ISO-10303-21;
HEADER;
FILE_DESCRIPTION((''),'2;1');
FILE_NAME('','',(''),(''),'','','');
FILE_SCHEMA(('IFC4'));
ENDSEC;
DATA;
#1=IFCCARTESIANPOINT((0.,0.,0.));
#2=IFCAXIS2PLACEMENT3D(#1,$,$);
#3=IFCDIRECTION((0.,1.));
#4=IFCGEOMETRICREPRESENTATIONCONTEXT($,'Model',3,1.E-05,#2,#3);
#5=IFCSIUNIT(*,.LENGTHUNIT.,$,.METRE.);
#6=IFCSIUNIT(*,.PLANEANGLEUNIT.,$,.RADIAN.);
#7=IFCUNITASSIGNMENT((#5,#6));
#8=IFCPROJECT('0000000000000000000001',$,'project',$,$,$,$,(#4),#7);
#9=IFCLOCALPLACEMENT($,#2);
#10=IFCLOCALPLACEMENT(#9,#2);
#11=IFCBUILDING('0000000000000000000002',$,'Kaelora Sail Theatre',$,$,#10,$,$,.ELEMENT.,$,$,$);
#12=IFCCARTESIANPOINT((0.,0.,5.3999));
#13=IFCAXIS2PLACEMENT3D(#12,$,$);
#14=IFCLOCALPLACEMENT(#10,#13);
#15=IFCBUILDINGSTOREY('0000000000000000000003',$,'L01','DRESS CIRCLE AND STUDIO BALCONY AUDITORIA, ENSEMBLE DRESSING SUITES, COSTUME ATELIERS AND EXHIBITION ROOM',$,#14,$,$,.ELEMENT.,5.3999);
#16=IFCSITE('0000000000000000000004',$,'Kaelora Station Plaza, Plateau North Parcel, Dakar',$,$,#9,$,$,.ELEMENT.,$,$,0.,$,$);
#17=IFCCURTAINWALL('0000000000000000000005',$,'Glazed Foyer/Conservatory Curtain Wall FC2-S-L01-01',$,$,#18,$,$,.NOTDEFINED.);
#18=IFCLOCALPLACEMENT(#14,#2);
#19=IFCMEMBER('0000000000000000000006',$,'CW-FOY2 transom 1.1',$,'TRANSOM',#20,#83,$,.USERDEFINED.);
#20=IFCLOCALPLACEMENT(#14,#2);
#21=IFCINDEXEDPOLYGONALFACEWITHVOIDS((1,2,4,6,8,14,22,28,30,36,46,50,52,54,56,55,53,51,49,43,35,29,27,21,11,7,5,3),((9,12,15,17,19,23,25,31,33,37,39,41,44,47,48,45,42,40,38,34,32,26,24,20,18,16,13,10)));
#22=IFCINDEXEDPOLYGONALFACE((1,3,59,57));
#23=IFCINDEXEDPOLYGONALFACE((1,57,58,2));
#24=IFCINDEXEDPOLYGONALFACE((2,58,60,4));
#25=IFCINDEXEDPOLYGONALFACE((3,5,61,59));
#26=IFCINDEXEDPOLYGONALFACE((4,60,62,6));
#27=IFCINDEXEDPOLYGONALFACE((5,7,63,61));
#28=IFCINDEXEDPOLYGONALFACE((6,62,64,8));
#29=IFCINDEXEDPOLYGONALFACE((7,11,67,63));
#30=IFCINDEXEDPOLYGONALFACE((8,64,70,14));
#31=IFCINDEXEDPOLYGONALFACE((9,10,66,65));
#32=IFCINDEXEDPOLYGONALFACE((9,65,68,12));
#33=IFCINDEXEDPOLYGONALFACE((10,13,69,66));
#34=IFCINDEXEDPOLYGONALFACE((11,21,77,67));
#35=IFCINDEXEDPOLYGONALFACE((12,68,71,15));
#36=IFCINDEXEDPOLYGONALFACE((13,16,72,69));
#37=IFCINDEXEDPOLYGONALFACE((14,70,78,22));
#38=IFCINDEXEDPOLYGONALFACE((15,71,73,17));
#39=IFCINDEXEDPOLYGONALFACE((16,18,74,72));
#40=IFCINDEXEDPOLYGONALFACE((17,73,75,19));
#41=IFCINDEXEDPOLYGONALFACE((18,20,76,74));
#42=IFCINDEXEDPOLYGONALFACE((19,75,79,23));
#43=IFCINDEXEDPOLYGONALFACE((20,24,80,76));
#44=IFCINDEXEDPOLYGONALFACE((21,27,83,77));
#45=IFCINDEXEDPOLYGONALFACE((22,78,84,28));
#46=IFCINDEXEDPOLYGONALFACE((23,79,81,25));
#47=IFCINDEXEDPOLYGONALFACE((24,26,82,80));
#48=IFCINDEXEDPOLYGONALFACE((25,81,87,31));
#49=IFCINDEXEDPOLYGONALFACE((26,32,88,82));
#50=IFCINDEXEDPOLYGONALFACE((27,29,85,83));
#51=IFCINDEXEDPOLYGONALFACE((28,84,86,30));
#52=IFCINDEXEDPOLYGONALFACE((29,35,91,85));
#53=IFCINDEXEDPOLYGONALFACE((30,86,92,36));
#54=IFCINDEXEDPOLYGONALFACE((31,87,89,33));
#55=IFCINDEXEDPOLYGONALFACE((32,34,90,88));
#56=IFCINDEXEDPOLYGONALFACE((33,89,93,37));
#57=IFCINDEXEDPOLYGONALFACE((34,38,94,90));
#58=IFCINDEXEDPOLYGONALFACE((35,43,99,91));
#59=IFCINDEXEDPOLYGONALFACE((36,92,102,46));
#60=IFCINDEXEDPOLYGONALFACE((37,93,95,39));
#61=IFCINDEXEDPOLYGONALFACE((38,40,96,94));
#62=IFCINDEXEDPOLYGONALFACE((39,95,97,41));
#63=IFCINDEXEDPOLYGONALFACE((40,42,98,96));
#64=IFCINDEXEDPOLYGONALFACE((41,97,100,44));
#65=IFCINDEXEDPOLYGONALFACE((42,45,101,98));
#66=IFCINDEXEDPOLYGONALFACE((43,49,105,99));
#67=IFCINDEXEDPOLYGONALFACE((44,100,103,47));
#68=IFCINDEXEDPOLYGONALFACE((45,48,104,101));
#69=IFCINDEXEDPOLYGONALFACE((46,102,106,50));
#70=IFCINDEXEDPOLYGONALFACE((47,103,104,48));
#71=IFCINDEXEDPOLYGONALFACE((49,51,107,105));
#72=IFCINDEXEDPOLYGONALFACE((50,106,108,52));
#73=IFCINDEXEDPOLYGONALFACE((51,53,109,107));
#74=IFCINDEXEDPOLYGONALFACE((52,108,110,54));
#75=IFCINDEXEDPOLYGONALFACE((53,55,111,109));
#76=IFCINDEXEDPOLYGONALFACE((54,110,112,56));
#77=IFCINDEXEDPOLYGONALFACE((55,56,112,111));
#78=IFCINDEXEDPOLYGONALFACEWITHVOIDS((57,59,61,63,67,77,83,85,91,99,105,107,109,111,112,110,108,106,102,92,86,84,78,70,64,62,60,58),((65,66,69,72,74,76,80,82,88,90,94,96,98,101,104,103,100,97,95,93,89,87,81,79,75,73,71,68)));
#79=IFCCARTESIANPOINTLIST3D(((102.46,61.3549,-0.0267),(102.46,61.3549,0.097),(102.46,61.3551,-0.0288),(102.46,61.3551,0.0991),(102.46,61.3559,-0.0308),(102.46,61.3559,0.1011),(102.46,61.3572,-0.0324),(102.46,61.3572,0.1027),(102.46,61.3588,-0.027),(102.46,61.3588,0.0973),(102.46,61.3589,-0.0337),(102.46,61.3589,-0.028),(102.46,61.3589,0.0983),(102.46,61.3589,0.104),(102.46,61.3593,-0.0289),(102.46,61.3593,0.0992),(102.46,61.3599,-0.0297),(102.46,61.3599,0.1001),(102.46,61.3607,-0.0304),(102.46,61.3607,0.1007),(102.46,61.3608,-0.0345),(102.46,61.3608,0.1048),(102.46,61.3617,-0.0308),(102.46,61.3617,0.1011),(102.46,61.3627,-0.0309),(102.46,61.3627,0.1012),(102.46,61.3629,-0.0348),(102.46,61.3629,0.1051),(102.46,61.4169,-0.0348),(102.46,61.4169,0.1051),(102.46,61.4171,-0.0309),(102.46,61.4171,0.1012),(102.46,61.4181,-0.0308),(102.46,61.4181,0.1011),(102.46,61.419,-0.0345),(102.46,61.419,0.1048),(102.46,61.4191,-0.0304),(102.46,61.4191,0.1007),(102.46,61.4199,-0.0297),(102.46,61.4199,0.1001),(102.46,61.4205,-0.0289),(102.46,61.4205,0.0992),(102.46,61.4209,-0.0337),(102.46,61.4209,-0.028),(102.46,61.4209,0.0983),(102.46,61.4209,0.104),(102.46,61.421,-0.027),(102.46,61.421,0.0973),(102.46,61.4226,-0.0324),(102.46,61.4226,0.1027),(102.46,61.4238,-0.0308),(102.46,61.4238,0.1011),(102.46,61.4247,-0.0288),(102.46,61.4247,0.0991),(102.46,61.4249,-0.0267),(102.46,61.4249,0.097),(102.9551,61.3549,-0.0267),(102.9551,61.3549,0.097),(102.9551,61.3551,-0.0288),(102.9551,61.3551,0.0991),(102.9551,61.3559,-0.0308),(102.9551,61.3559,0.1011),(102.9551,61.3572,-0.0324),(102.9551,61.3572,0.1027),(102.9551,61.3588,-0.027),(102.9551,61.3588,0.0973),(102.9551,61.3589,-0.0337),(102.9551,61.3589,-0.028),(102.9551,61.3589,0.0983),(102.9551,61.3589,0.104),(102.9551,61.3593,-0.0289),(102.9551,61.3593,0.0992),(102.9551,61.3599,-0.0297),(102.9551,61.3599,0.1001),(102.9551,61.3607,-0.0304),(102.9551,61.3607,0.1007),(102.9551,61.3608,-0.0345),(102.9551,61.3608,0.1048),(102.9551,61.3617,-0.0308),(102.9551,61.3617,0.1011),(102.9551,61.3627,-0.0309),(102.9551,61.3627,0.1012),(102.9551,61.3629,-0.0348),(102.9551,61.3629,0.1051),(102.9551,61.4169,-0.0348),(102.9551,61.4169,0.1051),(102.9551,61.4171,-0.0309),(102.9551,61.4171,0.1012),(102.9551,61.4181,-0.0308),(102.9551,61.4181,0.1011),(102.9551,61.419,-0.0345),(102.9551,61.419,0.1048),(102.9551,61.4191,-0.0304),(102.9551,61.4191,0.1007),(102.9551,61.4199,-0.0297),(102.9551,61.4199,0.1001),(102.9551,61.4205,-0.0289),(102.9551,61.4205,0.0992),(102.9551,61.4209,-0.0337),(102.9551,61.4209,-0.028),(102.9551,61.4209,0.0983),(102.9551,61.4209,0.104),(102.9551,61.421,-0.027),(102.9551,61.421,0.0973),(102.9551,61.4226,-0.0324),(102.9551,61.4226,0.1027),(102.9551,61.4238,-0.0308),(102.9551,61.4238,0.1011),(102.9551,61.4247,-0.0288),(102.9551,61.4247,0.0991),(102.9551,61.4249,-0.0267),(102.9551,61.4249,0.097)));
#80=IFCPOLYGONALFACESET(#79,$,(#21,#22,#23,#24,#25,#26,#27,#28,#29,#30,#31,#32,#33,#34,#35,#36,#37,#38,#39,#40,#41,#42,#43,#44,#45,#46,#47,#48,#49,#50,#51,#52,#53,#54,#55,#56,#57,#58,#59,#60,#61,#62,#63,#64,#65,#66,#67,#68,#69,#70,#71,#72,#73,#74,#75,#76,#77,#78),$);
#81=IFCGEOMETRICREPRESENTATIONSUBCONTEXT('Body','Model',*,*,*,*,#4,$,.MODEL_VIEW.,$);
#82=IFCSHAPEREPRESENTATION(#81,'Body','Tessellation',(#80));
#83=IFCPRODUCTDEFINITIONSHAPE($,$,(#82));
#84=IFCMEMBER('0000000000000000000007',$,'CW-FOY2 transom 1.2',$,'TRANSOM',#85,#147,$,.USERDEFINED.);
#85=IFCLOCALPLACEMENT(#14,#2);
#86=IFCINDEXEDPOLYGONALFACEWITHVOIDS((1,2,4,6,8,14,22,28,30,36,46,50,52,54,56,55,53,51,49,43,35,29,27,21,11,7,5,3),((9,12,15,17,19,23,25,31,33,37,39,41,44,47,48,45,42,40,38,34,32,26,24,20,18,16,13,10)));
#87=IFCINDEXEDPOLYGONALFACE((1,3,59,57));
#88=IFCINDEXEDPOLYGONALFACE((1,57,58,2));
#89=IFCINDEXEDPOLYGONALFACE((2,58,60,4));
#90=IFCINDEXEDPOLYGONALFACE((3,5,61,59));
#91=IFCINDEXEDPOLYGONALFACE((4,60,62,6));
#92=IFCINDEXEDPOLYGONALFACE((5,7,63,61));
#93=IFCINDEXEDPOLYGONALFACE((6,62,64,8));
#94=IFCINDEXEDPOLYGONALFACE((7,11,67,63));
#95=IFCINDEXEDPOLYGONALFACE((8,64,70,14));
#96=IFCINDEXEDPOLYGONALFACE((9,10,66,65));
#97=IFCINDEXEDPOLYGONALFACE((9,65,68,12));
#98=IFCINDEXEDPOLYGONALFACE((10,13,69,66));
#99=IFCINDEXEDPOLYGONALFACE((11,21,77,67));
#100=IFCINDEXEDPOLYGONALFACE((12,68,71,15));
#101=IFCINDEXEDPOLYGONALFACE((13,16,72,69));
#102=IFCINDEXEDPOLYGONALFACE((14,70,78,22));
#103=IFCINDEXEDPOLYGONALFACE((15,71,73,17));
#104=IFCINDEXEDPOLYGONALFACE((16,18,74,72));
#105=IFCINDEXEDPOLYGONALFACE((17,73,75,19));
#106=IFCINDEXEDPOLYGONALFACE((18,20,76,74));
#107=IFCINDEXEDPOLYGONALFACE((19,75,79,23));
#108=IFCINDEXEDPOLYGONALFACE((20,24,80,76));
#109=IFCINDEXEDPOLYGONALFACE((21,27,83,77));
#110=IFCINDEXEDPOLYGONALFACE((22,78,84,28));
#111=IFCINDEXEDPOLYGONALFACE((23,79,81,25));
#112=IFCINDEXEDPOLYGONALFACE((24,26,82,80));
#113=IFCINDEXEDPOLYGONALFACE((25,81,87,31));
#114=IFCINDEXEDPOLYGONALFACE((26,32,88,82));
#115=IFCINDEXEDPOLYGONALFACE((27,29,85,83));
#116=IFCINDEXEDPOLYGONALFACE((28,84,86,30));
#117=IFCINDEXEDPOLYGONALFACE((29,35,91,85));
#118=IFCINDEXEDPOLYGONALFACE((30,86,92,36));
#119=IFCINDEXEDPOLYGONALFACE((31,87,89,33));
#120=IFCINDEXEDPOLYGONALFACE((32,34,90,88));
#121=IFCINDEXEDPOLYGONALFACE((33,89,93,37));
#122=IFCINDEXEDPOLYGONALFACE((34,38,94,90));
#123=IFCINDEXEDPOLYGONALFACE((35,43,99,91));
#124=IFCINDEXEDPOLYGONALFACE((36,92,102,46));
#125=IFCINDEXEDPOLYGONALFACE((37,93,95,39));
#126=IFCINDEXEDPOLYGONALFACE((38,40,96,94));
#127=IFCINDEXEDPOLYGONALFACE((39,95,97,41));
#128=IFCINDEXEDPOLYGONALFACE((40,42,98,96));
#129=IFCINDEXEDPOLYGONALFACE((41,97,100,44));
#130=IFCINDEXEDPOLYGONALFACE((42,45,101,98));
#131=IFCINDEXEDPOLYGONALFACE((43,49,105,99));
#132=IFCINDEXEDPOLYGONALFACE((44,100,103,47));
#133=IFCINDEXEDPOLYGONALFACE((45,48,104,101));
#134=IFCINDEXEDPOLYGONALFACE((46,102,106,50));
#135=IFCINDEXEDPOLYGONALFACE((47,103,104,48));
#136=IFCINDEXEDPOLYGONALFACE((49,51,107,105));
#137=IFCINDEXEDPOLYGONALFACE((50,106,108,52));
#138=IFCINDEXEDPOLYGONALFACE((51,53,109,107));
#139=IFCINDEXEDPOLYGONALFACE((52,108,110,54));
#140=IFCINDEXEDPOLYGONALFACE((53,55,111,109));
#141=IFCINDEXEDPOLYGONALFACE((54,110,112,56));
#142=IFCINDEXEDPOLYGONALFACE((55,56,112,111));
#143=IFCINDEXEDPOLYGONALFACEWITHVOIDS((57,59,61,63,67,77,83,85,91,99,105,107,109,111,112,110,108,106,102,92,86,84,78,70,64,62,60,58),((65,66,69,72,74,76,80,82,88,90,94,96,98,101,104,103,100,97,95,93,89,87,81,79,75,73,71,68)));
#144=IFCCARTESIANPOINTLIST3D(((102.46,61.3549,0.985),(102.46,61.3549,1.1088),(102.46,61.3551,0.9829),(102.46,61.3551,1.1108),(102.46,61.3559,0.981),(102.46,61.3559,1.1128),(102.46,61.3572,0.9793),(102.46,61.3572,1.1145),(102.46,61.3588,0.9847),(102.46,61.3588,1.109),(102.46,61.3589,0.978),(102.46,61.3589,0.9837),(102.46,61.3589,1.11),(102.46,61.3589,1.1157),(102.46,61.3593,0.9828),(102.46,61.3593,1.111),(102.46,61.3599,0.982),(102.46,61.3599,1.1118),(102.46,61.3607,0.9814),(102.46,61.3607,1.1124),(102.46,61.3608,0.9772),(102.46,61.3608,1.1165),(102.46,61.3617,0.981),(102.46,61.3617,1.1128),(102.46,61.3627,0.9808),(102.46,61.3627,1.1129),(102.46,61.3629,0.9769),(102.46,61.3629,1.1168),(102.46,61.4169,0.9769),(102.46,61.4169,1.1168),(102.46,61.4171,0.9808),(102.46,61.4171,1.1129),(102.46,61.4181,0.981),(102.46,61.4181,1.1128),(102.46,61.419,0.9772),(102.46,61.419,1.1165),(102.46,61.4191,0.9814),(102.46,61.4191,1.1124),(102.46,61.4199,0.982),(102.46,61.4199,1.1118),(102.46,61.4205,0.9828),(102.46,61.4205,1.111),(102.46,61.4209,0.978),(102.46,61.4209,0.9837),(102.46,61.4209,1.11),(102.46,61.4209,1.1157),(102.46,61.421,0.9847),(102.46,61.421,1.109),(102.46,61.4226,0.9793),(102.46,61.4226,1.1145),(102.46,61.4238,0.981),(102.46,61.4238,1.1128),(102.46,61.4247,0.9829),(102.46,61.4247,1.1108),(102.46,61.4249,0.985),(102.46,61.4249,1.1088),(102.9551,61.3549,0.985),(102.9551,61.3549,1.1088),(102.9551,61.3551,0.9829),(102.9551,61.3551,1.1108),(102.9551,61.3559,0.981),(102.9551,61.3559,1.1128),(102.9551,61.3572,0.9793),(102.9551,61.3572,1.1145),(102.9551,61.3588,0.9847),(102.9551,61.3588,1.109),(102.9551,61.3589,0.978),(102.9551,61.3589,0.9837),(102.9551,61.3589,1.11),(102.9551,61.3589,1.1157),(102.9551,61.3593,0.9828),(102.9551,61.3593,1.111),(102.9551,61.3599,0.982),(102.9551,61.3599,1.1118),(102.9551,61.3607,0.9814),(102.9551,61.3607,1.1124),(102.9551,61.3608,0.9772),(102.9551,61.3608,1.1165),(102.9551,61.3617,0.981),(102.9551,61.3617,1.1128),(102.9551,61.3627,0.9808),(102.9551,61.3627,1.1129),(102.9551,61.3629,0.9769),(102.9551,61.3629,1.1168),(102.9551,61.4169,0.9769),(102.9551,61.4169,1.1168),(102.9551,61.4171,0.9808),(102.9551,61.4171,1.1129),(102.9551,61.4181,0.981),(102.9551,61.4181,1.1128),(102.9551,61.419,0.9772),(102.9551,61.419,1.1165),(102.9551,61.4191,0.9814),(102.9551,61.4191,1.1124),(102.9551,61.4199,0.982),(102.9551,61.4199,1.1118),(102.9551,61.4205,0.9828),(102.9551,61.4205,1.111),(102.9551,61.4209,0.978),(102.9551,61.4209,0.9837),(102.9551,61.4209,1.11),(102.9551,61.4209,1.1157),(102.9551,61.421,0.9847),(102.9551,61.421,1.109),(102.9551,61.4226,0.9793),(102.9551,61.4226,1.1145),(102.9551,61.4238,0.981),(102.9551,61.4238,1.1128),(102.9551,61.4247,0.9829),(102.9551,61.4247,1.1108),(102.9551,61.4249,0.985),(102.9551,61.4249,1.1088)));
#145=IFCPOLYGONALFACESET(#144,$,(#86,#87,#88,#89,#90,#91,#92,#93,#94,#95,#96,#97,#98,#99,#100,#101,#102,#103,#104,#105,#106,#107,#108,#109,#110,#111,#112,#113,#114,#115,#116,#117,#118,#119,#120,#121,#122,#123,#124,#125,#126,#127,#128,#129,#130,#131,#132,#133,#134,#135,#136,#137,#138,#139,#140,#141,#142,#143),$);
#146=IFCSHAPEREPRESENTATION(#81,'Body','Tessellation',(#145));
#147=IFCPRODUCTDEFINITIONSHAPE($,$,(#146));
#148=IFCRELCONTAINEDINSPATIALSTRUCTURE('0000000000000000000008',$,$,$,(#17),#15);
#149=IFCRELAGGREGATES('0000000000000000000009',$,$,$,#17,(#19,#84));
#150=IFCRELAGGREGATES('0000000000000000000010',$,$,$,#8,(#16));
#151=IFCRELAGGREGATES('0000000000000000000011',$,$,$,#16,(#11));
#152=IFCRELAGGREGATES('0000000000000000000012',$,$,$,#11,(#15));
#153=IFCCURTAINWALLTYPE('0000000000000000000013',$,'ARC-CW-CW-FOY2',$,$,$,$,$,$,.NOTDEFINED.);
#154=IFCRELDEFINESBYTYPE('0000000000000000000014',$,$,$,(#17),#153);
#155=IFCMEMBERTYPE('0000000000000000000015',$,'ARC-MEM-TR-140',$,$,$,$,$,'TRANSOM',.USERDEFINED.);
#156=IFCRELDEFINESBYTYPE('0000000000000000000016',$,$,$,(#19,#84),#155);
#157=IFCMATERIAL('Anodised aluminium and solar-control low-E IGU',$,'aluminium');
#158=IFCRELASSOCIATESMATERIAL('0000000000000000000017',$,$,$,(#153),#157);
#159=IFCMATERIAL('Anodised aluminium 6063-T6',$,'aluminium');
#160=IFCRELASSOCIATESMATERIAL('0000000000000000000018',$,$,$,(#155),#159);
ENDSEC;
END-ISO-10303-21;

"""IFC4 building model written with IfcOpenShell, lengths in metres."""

from ifc_helpers import new_model, si_unit, direction, frame, origin, origin_2d, place, context, subcontext, project, spatial, hollow_rectangle, extrude, material, material_profile, profile_set, type_object, element, aggregate, save


model = new_model("IFC4")

# Units and contexts
model_context = context("Model", 3, precision=1e-05, world=origin(), true_north=direction((0.0, 1.0)))
body_context = subcontext(model_context, "Body", "Model", "MODEL_VIEW")
ifc_project = project(units=[si_unit("LENGTHUNIT", "METRE"), si_unit("PLANEANGLEUNIT", "RADIAN")], contexts=[model_context])

# Site, building, storey
site_placement = place(None, origin())
site = spatial("IfcSite", under=ifc_project, at=site_placement, Name="Kaelora Station Plaza, Plateau North Parcel, Dakar", CompositionType="ELEMENT", RefElevation=0.0)
building_placement = place(site_placement, origin())
building = spatial("IfcBuilding", under=site, at=building_placement, Name="Kaelora Sail Theatre", CompositionType="ELEMENT")
storey_placement = place(building_placement, frame((0.0, 0.0, 5.3999)))
storey = spatial("IfcBuildingStorey", under=building, at=storey_placement, Name="L01", Description="DRESS CIRCLE AND STUDIO BALCONY AUDITORIA, ENSEMBLE DRESSING SUITES, COSTUME ATELIERS AND EXHIBITION ROOM", CompositionType="ELEMENT", Elevation=5.3999)

# Curtain wall
ifc_material_1 = material(Name="Anodised aluminium and solar-control low-E IGU", Category="aluminium")
curtain_wall_type = type_object("IfcCurtainWallType", Name="ARC-CW-CW-FOY2", PredefinedType="NOTDEFINED", material=ifc_material_1)
curtain_wall_1_placement = place(storey_placement, origin())
curtain_wall_1 = element("IfcCurtainWall", 1, at=curtain_wall_1_placement, inside=storey, type_object=curtain_wall_type, Name="Glazed Foyer/Conservatory Curtain Wall FC2-S-L01-01", PredefinedType="NOTDEFINED")

# Members
ifc_material_2 = material(Name="Anodised aluminium 6063-T6", Category="aluminium")
ifc_material_profile_1 = material_profile(ifc_material_2, hollow_rectangle(XDim=0.0701, YDim=0.1399, WallThickness=0.0039, InnerFilletRadius=0.0039, OuterFilletRadius=0.0081, at=origin_2d()), Name="ALU-TRAN 70x140x4")
ifc_profile_set_1 = profile_set([ifc_material_profile_1], Name="Anodised aluminium 6063-T6")
member_type_1 = type_object("IfcMemberType", Name="ARC-MEM-TR-140", ElementType="TRANSOM", PredefinedType="USERDEFINED", material=ifc_profile_set_1)
member_1_placement = place(storey_placement, frame((102.46, 61.3899, 0.0352), z_axis=(1.0, 0.0, 0.0), x_axis=(0.0, 1.0, 0.0)))
member_1 = element("IfcMember", 2, at=member_1_placement, type_object=member_type_1, Name="CW-FOY2 transom 1.1", ObjectType="TRANSOM", PredefinedType="USERDEFINED", context=body_context, shape_type="SweptSolid", body=[
    extrude(hollow_rectangle(XDim=0.0701, YDim=0.1399, WallThickness=0.0039, InnerFilletRadius=0.0039, OuterFilletRadius=0.0081, at=origin_2d()), origin(), (0.0, 0.0, 1.0), 0.4951),
])
member_2_placement = place(storey_placement, frame((102.46, 61.3899, 1.0469), z_axis=(1.0, 0.0, 0.0), x_axis=(0.0, 1.0, 0.0)))
member_2 = element("IfcMember", 3, at=member_2_placement, type_object=member_type_1, Name="CW-FOY2 transom 1.2", ObjectType="TRANSOM", PredefinedType="USERDEFINED", context=body_context, shape_type="SweptSolid", body=[
    extrude(hollow_rectangle(XDim=0.0701, YDim=0.1399, WallThickness=0.0039, InnerFilletRadius=0.0039, OuterFilletRadius=0.0081, at=origin_2d()), origin(), (0.0, 0.0, 1.0), 0.4951),
])

aggregate(curtain_wall_1, [member_1, member_2])

save(model, "model.ifc")
